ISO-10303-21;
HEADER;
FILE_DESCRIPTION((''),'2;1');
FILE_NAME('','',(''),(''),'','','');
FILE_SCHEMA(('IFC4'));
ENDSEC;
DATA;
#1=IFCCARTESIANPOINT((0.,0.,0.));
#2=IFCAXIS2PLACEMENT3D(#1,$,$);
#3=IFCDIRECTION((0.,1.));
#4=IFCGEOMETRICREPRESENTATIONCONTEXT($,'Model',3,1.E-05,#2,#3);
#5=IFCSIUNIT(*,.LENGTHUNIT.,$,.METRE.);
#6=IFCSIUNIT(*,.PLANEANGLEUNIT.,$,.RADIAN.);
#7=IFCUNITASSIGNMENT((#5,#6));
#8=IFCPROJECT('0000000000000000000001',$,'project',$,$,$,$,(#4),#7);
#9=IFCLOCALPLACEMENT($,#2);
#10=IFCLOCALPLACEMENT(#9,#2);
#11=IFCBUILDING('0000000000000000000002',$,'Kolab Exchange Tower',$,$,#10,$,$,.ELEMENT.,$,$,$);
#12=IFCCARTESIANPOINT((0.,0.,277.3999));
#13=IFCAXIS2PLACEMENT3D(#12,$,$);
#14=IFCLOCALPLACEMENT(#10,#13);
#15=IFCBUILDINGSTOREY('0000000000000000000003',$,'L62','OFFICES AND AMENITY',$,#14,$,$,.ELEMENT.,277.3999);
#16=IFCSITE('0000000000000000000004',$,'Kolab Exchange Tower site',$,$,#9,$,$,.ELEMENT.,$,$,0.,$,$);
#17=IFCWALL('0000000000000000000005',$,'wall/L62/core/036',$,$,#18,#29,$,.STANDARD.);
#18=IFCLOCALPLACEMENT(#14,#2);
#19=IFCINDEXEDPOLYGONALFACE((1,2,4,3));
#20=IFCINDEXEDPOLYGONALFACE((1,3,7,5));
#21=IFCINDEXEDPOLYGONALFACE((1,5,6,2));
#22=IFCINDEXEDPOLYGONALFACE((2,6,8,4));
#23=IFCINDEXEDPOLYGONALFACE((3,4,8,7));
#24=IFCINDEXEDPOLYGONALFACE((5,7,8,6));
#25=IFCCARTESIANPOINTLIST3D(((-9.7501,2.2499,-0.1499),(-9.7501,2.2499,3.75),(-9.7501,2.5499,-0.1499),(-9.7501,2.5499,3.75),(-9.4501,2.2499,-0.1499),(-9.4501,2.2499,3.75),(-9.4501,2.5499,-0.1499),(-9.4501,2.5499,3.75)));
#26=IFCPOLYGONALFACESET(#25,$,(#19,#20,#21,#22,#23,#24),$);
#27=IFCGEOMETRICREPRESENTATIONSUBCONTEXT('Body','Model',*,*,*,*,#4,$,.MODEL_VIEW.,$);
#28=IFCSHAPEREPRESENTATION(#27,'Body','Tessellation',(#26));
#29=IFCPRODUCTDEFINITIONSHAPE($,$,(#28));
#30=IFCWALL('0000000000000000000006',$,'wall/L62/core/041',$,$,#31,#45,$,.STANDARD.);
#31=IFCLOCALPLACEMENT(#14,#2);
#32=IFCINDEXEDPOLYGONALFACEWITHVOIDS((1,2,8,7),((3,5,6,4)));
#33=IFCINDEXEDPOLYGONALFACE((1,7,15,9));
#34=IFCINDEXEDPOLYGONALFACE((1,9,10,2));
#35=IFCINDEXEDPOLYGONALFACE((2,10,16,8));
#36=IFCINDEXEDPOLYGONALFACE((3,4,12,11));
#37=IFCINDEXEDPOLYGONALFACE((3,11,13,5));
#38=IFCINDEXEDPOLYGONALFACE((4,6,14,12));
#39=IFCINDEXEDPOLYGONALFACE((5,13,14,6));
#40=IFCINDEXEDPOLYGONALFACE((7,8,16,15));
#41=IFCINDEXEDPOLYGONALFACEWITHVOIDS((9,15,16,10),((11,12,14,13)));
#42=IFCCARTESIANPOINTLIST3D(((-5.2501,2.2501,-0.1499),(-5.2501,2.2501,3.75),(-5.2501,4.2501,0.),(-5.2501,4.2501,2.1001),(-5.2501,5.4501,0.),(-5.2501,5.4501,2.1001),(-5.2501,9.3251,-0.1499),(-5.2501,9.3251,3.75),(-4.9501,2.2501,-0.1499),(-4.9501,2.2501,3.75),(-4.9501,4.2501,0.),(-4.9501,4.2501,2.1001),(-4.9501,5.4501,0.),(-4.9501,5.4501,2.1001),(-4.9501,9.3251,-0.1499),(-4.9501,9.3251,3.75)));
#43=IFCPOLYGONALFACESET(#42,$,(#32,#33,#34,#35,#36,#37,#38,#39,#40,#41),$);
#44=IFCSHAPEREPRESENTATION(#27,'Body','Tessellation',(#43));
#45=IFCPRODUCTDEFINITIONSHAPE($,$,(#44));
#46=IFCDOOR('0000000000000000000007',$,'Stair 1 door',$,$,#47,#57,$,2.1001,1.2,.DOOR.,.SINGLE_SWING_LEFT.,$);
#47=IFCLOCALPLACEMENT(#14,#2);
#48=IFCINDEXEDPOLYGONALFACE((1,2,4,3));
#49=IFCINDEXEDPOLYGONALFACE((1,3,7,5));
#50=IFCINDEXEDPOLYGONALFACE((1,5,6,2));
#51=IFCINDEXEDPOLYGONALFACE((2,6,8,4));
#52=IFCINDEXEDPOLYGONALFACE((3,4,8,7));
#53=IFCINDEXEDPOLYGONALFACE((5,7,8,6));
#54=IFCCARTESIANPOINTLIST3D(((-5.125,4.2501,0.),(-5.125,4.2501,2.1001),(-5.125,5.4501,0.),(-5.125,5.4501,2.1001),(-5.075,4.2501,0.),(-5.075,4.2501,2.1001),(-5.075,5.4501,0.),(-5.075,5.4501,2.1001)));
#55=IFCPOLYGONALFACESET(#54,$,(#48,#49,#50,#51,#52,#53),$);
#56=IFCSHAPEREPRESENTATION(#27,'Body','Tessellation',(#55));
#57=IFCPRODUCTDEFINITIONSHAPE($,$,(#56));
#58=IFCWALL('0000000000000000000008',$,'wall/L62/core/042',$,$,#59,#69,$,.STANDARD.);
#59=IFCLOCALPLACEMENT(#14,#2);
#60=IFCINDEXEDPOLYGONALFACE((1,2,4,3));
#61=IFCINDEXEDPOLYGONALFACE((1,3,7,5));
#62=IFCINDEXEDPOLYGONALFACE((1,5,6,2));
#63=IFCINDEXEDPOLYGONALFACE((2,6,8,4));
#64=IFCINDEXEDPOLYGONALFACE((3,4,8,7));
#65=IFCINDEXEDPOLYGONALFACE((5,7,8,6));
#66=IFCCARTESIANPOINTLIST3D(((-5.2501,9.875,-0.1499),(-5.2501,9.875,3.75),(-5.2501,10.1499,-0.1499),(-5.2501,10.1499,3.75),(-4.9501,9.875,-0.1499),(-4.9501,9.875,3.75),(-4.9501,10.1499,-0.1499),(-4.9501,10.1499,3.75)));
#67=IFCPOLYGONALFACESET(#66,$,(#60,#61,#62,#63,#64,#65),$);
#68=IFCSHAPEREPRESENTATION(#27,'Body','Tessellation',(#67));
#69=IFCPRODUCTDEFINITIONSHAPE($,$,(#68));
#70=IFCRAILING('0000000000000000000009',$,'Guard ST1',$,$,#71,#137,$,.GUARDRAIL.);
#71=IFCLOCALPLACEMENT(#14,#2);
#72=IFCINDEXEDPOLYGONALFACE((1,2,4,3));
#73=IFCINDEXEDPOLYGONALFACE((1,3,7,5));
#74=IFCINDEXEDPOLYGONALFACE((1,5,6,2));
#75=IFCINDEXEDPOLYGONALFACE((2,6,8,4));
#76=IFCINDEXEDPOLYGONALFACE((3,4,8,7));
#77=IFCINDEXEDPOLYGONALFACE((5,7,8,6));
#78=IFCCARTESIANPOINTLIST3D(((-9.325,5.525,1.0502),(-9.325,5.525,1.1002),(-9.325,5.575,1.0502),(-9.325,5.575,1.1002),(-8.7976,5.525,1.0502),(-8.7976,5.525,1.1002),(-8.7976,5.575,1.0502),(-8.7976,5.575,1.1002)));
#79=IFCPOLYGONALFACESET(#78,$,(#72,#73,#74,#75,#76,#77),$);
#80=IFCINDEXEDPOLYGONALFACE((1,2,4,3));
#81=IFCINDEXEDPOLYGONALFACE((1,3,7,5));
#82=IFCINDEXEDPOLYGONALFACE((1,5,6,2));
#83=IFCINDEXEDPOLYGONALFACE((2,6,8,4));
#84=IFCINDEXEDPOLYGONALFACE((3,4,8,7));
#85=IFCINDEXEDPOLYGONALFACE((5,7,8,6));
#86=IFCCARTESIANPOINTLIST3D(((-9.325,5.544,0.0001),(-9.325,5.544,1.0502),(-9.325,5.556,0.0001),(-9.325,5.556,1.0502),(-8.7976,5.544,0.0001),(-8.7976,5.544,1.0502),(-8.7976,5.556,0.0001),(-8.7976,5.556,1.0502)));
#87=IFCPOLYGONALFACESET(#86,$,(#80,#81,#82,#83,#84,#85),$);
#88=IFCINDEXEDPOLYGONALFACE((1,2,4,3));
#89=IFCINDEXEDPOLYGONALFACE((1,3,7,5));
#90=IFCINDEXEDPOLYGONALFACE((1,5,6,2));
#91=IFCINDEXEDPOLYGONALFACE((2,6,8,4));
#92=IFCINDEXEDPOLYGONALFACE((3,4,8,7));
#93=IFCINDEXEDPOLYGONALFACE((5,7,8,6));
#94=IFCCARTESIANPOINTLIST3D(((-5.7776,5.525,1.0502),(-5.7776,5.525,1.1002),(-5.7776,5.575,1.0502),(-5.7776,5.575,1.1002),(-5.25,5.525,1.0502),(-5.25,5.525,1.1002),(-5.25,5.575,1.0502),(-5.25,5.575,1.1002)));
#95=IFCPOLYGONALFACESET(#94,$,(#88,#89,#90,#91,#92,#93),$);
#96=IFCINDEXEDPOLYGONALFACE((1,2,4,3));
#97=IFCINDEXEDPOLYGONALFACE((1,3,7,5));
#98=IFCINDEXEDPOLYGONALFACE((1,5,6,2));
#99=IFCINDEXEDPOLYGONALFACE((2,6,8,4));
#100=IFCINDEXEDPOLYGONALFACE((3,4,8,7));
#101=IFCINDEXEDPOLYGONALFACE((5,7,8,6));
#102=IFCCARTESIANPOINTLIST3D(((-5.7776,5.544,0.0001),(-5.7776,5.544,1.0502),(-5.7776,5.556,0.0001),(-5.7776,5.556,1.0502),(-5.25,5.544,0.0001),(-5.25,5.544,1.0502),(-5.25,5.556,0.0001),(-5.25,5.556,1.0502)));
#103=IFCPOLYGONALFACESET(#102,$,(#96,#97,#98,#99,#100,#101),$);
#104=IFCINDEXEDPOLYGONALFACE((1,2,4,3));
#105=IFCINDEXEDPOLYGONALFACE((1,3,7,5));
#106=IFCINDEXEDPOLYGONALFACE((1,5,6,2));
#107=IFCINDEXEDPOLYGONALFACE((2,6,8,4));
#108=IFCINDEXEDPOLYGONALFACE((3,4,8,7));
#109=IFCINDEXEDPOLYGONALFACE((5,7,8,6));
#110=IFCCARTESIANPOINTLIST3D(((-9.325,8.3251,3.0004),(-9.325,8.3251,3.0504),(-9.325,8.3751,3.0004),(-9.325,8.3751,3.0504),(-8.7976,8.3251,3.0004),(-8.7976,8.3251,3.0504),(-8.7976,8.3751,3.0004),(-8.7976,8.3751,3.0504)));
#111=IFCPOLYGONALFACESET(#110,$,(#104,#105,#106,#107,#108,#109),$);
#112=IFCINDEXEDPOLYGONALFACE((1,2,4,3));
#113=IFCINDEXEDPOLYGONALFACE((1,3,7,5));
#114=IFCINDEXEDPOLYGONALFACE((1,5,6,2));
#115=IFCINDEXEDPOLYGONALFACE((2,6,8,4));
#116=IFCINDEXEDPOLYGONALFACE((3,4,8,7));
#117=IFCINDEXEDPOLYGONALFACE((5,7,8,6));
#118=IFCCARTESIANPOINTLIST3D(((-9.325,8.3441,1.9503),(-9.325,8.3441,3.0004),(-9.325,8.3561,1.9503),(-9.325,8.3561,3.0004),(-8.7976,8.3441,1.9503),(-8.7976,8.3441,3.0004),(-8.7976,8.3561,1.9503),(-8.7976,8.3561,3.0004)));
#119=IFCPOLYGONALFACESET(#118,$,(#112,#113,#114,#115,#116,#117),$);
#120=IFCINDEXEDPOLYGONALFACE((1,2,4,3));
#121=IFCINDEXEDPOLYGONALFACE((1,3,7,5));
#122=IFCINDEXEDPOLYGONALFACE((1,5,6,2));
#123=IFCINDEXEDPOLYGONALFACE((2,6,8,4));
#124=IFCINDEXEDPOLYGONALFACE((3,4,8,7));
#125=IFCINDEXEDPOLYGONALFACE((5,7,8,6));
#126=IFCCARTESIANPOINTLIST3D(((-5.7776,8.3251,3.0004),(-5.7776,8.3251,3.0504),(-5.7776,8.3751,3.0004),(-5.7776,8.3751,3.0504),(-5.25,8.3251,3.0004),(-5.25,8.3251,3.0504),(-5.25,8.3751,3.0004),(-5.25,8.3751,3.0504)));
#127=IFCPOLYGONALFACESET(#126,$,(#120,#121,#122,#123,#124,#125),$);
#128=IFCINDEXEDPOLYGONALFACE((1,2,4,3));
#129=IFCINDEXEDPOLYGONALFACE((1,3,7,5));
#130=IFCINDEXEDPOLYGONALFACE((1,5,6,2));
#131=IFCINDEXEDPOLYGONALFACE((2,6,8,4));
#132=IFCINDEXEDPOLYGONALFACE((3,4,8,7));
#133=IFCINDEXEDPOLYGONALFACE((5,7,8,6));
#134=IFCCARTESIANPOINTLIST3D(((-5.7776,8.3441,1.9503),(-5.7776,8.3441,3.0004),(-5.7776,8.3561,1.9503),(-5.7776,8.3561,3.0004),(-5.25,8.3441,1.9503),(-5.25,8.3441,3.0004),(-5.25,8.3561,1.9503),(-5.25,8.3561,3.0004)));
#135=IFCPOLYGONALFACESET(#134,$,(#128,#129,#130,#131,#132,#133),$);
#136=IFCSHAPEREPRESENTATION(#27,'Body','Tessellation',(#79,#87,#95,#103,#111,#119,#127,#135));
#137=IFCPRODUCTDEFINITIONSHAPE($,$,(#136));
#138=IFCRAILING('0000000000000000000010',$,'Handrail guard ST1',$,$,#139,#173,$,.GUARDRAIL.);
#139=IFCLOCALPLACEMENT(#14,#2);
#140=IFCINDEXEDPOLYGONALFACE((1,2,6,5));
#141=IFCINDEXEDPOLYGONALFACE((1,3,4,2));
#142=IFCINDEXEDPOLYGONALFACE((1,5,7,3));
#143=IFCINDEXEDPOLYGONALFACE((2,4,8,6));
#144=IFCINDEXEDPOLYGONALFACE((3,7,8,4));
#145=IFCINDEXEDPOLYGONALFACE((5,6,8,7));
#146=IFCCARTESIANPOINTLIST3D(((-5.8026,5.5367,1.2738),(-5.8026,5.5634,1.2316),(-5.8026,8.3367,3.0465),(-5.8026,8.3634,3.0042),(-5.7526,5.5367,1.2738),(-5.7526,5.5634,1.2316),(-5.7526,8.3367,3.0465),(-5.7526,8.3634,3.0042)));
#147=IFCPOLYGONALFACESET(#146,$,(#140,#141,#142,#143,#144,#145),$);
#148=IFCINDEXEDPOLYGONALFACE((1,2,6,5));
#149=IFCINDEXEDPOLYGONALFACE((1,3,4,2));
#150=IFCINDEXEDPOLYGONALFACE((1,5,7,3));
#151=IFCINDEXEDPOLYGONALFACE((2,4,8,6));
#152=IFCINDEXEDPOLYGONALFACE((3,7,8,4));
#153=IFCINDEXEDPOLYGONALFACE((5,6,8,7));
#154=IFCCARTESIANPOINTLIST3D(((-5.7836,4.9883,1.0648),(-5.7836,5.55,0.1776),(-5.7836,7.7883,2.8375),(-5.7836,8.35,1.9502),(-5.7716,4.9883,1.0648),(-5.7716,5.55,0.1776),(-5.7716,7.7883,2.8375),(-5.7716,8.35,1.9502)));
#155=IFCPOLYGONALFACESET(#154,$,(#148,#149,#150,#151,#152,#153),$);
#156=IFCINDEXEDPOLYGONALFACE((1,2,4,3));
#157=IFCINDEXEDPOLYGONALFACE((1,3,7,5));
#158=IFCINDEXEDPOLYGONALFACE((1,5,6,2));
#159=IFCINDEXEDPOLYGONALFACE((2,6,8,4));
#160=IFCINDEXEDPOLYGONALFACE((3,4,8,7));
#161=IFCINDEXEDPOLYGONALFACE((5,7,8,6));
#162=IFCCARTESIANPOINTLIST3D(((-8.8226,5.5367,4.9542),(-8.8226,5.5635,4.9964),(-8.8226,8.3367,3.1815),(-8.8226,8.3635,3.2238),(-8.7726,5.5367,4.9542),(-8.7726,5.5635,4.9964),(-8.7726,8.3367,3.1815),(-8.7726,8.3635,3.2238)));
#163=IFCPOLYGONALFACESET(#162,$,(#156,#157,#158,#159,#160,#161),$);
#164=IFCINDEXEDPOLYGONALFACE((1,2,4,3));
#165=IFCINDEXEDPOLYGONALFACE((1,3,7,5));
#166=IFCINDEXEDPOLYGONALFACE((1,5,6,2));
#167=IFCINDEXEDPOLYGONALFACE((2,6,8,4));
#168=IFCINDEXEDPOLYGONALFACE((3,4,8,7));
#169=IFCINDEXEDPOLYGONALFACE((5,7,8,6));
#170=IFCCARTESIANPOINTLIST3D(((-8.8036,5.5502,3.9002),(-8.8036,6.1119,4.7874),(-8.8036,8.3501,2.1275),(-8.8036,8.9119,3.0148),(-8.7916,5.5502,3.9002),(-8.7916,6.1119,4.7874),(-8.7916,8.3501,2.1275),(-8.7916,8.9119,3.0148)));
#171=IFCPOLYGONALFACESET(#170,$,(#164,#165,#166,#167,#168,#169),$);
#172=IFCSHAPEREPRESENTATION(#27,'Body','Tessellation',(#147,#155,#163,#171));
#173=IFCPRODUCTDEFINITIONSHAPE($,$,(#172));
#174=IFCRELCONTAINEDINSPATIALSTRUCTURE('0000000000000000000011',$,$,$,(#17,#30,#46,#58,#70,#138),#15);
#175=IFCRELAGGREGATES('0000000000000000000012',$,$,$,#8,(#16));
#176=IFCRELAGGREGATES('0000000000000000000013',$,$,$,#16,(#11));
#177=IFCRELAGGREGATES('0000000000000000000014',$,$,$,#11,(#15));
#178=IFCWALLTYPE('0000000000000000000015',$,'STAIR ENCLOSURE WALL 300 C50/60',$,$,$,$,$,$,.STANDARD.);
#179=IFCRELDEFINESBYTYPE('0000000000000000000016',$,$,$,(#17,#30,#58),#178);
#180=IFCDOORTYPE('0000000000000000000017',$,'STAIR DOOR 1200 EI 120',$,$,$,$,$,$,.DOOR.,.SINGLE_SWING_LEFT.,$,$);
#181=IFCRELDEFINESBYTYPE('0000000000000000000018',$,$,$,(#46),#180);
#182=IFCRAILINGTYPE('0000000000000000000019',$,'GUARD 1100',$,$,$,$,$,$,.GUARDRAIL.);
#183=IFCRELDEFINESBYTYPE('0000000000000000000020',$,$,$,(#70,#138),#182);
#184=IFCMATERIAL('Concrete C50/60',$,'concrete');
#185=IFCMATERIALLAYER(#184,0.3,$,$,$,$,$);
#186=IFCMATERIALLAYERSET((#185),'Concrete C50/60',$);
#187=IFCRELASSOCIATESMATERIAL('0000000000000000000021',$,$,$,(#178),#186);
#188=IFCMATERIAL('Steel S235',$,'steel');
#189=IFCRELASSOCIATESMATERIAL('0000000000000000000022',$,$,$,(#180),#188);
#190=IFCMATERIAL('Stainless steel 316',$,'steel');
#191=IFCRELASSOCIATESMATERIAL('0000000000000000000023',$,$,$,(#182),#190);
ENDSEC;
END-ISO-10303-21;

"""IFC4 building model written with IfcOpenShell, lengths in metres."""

from ifc_helpers import new_model, si_unit, direction, frame, frame_2d, origin, origin_2d, place, context, subcontext, project, spatial, rectangle, extrude, material, layer, layer_set, type_object, element, fill, save


model = new_model("IFC4")

# Units and contexts
model_context = context("Model", 3, precision=1e-05, world=origin(), true_north=direction((0.0, 1.0)))
body_context = subcontext(model_context, "Body", "Model", "MODEL_VIEW")
ifc_project = project(units=[si_unit("LENGTHUNIT", "METRE"), si_unit("PLANEANGLEUNIT", "RADIAN")], contexts=[model_context])

# Site, building, storey
site_placement = place(None, origin())
site = spatial("IfcSite", under=ifc_project, at=site_placement, Name="Kolab Exchange Tower site", CompositionType="ELEMENT", RefElevation=0.0)
building_placement = place(site_placement, origin())
building = spatial("IfcBuilding", under=site, at=building_placement, Name="Kolab Exchange Tower", CompositionType="ELEMENT")
storey_placement = place(building_placement, frame((0.0, 0.0, 277.3999)))
storey = spatial("IfcBuildingStorey", under=building, at=storey_placement, Name="L62", Description="OFFICES AND AMENITY", CompositionType="ELEMENT", Elevation=277.3999)

# Shared definitions
ifc_material_1 = material(Name="Concrete C50/60", Category="concrete")
ifc_material_2 = material(Name="Steel S235", Category="steel")

# Shared definitions
ifc_material_3 = material(Name="Stainless steel 316", Category="steel")

# Shared definitions
ifc_layer_1 = layer(ifc_material_1, 0.3)
ifc_layer_set_1 = layer_set([ifc_layer_1], Name="Concrete C50/60")
wall_type_1 = type_object("IfcWallType", Name="STAIR ENCLOSURE WALL 300 C50/60", PredefinedType="STANDARD", material=ifc_layer_set_1)

# Shared definitions
door_type_1 = type_object("IfcDoorType", Name="STAIR DOOR 1200 EI 120", OperationType="SINGLE_SWING_LEFT", PredefinedType="DOOR", material=ifc_material_2)

# Wall
wall_1_placement = place(storey_placement, frame((-9.6001, 2.25, -0.1499), z_axis=(0.0, 0.0, 1.0), x_axis=(0.0, 1.0, 0.0)))
element("IfcWall", 1, at=wall_1_placement, inside=storey, type_object=wall_type_1, Name="wall/L62/core/036", PredefinedType="STANDARD", context=body_context, shape_type="SweptSolid", body=[
    extrude(rectangle(XDim=0.3, YDim=0.3, at=frame_2d((0.1499, 0.0))), origin(), (0.0, 0.0, 1.0), 3.8999),
])

# Wall, opening, door
wall_2_placement = place(storey_placement, frame((-5.1001, 2.25, -0.1499), z_axis=(0.0, 0.0, 1.0), x_axis=(0.0, 1.0, 0.0)))
wall_2 = element("IfcWall", 2, at=wall_2_placement, inside=storey, type_object=wall_type_1, Name="wall/L62/core/041", PredefinedType="STANDARD", context=body_context, shape_type="SweptSolid", body=[
    extrude(rectangle(XDim=7.075, YDim=0.3, at=frame_2d((3.5376, 0.0))), origin(), (0.0, 0.0, 1.0), 3.8999),
])
opening_1_placement = place(wall_2_placement, frame((2.0, 0.0, 0.1499)))
opening_1 = element("IfcOpeningElement", 3, at=opening_1_placement, cuts=wall_2, PredefinedType="OPENING", context=body_context, shape_type="SweptSolid", body=[
    extrude(rectangle(XDim=1.2, YDim=2.1001, at=frame_2d((0.6001, 1.05))), frame((0.0, 0.1602, 0.0), z_axis=(0.0, -1.0, 0.0), x_axis=(1.0, 0.0, 0.0)), (0.0, 0.0, 1.0), 0.3201),
])
door_1_placement = place(opening_1_placement, origin())
door_1 = element("IfcDoor", 4, at=door_1_placement, inside=storey, type_object=door_type_1, Name="Stair 1 door", OperationType="SINGLE_SWING_LEFT", OverallHeight=2.1001, OverallWidth=1.2, PredefinedType="DOOR", context=body_context, shape_type="SweptSolid", body=[
    extrude(rectangle(XDim=1.2, YDim=2.1001, at=frame_2d((0.6001, 1.05))), frame((0.0, 0.0249, 0.0), z_axis=(0.0, -1.0, 0.0), x_axis=(1.0, 0.0, 0.0)), (0.0, 0.0, 1.0), 0.05),
])
fill(opening_1, door_1)

# Wall
wall_3_placement = place(storey_placement, frame((-5.1001, 9.875, -0.1499), z_axis=(0.0, 0.0, 1.0), x_axis=(0.0, 1.0, 0.0)))
element("IfcWall", 5, at=wall_3_placement, inside=storey, type_object=wall_type_1, Name="wall/L62/core/042", PredefinedType="STANDARD", context=body_context, shape_type="SweptSolid", body=[
    extrude(rectangle(XDim=0.2749, YDim=0.3, at=frame_2d((0.1375, 0.0))), origin(), (0.0, 0.0, 1.0), 3.8999),
])

# Railings
railing_type = type_object("IfcRailingType", Name="GUARD 1100", PredefinedType="GUARDRAIL", material=ifc_material_3)
railing_1_placement = place(storey_placement, frame((-9.325, 5.55, 0.0)))
element("IfcRailing", 6, at=railing_1_placement, inside=storey, type_object=railing_type, Name="Guard ST1", PredefinedType="GUARDRAIL", context=body_context, shape_type="SweptSolid", body=[
    extrude(rectangle(XDim=0.05, YDim=0.05, at=origin_2d()), frame((0.0, 0.0, 1.0752), z_axis=(1.0, 0.0, 0.0), x_axis=(0.0, 1.0, 0.0)), (0.0, 0.0, 1.0), 0.5273),
    extrude(rectangle(XDim=0.012, YDim=1.0501, at=frame_2d((0.0, 0.5251))), frame((0.0, 0.0, 0.0), z_axis=(1.0, 0.0, 0.0), x_axis=(0.0, 1.0, 0.0)), (0.0, 0.0, 1.0), 0.5273),
    extrude(rectangle(XDim=0.05, YDim=0.05, at=origin_2d()), frame((3.5474, 0.0, 1.0752), z_axis=(1.0, 0.0, 0.0), x_axis=(0.0, 1.0, 0.0)), (0.0, 0.0, 1.0), 0.5276),
    extrude(rectangle(XDim=0.012, YDim=1.0501, at=frame_2d((0.0, 0.5251))), frame((3.5474, 0.0, 0.0), z_axis=(1.0, 0.0, 0.0), x_axis=(0.0, 1.0, 0.0)), (0.0, 0.0, 1.0), 0.5276),
    extrude(rectangle(XDim=0.05, YDim=0.05, at=origin_2d()), frame((0.0, 2.8, 3.0254), z_axis=(1.0, 0.0, 0.0), x_axis=(0.0, 1.0, 0.0)), (0.0, 0.0, 1.0), 0.5273),
    extrude(rectangle(XDim=0.012, YDim=1.0501, at=frame_2d((0.0, 0.5251))), frame((0.0, 2.8, 1.9502), z_axis=(1.0, 0.0, 0.0), x_axis=(0.0, 1.0, 0.0)), (0.0, 0.0, 1.0), 0.5273),
    extrude(rectangle(XDim=0.05, YDim=0.05, at=origin_2d()), frame((3.5474, 2.8, 3.0254), z_axis=(1.0, 0.0, 0.0), x_axis=(0.0, 1.0, 0.0)), (0.0, 0.0, 1.0), 0.5276),
    extrude(rectangle(XDim=0.012, YDim=1.0501, at=frame_2d((0.0, 0.5251))), frame((3.5474, 2.8, 1.9502), z_axis=(1.0, 0.0, 0.0), x_axis=(0.0, 1.0, 0.0)), (0.0, 0.0, 1.0), 0.5276),
])
railing_2_placement = place(storey_placement, frame((-5.7776, 5.55, 0.1775)))
element("IfcRailing", 7, at=railing_2_placement, inside=storey, type_object=railing_type, Name="Handrail guard ST1", PredefinedType="GUARDRAIL", context=body_context, shape_type="SweptSolid", body=[
    extrude(rectangle(XDim=0.05, YDim=0.05, at=origin_2d()), frame((0.0, 0.0, 1.0752), z_axis=(0.0, 0.844909, 0.53491), x_axis=(-1.0, 0.0, 0.0)), (0.0, 0.0, 1.0), 3.314),
    extrude(rectangle(XDim=0.012, YDim=1.0501, at=frame_2d((0.0, 0.5251))), frame((0.0, 0.0, 0.0), z_axis=(0.0, 0.844909, 0.53491), x_axis=(-1.0, 0.0, 0.0)), (0.0, 0.0, 1.0), 3.314),
    extrude(rectangle(XDim=0.05, YDim=0.05, at=origin_2d()), frame((-3.02, 2.8, 3.0251), z_axis=(0.0, -0.844909, 0.53491), x_axis=(1.0, 0.0, 0.0)), (0.0, 0.0, 1.0), 3.314),
    extrude(rectangle(XDim=0.012, YDim=1.0501, at=frame_2d((0.0, 0.5251))), frame((-3.02, 2.8, 1.95), z_axis=(0.0, -0.844909, 0.53491), x_axis=(1.0, 0.0, 0.0)), (0.0, 0.0, 1.0), 3.314),
])

save(model, "model.ifc")
